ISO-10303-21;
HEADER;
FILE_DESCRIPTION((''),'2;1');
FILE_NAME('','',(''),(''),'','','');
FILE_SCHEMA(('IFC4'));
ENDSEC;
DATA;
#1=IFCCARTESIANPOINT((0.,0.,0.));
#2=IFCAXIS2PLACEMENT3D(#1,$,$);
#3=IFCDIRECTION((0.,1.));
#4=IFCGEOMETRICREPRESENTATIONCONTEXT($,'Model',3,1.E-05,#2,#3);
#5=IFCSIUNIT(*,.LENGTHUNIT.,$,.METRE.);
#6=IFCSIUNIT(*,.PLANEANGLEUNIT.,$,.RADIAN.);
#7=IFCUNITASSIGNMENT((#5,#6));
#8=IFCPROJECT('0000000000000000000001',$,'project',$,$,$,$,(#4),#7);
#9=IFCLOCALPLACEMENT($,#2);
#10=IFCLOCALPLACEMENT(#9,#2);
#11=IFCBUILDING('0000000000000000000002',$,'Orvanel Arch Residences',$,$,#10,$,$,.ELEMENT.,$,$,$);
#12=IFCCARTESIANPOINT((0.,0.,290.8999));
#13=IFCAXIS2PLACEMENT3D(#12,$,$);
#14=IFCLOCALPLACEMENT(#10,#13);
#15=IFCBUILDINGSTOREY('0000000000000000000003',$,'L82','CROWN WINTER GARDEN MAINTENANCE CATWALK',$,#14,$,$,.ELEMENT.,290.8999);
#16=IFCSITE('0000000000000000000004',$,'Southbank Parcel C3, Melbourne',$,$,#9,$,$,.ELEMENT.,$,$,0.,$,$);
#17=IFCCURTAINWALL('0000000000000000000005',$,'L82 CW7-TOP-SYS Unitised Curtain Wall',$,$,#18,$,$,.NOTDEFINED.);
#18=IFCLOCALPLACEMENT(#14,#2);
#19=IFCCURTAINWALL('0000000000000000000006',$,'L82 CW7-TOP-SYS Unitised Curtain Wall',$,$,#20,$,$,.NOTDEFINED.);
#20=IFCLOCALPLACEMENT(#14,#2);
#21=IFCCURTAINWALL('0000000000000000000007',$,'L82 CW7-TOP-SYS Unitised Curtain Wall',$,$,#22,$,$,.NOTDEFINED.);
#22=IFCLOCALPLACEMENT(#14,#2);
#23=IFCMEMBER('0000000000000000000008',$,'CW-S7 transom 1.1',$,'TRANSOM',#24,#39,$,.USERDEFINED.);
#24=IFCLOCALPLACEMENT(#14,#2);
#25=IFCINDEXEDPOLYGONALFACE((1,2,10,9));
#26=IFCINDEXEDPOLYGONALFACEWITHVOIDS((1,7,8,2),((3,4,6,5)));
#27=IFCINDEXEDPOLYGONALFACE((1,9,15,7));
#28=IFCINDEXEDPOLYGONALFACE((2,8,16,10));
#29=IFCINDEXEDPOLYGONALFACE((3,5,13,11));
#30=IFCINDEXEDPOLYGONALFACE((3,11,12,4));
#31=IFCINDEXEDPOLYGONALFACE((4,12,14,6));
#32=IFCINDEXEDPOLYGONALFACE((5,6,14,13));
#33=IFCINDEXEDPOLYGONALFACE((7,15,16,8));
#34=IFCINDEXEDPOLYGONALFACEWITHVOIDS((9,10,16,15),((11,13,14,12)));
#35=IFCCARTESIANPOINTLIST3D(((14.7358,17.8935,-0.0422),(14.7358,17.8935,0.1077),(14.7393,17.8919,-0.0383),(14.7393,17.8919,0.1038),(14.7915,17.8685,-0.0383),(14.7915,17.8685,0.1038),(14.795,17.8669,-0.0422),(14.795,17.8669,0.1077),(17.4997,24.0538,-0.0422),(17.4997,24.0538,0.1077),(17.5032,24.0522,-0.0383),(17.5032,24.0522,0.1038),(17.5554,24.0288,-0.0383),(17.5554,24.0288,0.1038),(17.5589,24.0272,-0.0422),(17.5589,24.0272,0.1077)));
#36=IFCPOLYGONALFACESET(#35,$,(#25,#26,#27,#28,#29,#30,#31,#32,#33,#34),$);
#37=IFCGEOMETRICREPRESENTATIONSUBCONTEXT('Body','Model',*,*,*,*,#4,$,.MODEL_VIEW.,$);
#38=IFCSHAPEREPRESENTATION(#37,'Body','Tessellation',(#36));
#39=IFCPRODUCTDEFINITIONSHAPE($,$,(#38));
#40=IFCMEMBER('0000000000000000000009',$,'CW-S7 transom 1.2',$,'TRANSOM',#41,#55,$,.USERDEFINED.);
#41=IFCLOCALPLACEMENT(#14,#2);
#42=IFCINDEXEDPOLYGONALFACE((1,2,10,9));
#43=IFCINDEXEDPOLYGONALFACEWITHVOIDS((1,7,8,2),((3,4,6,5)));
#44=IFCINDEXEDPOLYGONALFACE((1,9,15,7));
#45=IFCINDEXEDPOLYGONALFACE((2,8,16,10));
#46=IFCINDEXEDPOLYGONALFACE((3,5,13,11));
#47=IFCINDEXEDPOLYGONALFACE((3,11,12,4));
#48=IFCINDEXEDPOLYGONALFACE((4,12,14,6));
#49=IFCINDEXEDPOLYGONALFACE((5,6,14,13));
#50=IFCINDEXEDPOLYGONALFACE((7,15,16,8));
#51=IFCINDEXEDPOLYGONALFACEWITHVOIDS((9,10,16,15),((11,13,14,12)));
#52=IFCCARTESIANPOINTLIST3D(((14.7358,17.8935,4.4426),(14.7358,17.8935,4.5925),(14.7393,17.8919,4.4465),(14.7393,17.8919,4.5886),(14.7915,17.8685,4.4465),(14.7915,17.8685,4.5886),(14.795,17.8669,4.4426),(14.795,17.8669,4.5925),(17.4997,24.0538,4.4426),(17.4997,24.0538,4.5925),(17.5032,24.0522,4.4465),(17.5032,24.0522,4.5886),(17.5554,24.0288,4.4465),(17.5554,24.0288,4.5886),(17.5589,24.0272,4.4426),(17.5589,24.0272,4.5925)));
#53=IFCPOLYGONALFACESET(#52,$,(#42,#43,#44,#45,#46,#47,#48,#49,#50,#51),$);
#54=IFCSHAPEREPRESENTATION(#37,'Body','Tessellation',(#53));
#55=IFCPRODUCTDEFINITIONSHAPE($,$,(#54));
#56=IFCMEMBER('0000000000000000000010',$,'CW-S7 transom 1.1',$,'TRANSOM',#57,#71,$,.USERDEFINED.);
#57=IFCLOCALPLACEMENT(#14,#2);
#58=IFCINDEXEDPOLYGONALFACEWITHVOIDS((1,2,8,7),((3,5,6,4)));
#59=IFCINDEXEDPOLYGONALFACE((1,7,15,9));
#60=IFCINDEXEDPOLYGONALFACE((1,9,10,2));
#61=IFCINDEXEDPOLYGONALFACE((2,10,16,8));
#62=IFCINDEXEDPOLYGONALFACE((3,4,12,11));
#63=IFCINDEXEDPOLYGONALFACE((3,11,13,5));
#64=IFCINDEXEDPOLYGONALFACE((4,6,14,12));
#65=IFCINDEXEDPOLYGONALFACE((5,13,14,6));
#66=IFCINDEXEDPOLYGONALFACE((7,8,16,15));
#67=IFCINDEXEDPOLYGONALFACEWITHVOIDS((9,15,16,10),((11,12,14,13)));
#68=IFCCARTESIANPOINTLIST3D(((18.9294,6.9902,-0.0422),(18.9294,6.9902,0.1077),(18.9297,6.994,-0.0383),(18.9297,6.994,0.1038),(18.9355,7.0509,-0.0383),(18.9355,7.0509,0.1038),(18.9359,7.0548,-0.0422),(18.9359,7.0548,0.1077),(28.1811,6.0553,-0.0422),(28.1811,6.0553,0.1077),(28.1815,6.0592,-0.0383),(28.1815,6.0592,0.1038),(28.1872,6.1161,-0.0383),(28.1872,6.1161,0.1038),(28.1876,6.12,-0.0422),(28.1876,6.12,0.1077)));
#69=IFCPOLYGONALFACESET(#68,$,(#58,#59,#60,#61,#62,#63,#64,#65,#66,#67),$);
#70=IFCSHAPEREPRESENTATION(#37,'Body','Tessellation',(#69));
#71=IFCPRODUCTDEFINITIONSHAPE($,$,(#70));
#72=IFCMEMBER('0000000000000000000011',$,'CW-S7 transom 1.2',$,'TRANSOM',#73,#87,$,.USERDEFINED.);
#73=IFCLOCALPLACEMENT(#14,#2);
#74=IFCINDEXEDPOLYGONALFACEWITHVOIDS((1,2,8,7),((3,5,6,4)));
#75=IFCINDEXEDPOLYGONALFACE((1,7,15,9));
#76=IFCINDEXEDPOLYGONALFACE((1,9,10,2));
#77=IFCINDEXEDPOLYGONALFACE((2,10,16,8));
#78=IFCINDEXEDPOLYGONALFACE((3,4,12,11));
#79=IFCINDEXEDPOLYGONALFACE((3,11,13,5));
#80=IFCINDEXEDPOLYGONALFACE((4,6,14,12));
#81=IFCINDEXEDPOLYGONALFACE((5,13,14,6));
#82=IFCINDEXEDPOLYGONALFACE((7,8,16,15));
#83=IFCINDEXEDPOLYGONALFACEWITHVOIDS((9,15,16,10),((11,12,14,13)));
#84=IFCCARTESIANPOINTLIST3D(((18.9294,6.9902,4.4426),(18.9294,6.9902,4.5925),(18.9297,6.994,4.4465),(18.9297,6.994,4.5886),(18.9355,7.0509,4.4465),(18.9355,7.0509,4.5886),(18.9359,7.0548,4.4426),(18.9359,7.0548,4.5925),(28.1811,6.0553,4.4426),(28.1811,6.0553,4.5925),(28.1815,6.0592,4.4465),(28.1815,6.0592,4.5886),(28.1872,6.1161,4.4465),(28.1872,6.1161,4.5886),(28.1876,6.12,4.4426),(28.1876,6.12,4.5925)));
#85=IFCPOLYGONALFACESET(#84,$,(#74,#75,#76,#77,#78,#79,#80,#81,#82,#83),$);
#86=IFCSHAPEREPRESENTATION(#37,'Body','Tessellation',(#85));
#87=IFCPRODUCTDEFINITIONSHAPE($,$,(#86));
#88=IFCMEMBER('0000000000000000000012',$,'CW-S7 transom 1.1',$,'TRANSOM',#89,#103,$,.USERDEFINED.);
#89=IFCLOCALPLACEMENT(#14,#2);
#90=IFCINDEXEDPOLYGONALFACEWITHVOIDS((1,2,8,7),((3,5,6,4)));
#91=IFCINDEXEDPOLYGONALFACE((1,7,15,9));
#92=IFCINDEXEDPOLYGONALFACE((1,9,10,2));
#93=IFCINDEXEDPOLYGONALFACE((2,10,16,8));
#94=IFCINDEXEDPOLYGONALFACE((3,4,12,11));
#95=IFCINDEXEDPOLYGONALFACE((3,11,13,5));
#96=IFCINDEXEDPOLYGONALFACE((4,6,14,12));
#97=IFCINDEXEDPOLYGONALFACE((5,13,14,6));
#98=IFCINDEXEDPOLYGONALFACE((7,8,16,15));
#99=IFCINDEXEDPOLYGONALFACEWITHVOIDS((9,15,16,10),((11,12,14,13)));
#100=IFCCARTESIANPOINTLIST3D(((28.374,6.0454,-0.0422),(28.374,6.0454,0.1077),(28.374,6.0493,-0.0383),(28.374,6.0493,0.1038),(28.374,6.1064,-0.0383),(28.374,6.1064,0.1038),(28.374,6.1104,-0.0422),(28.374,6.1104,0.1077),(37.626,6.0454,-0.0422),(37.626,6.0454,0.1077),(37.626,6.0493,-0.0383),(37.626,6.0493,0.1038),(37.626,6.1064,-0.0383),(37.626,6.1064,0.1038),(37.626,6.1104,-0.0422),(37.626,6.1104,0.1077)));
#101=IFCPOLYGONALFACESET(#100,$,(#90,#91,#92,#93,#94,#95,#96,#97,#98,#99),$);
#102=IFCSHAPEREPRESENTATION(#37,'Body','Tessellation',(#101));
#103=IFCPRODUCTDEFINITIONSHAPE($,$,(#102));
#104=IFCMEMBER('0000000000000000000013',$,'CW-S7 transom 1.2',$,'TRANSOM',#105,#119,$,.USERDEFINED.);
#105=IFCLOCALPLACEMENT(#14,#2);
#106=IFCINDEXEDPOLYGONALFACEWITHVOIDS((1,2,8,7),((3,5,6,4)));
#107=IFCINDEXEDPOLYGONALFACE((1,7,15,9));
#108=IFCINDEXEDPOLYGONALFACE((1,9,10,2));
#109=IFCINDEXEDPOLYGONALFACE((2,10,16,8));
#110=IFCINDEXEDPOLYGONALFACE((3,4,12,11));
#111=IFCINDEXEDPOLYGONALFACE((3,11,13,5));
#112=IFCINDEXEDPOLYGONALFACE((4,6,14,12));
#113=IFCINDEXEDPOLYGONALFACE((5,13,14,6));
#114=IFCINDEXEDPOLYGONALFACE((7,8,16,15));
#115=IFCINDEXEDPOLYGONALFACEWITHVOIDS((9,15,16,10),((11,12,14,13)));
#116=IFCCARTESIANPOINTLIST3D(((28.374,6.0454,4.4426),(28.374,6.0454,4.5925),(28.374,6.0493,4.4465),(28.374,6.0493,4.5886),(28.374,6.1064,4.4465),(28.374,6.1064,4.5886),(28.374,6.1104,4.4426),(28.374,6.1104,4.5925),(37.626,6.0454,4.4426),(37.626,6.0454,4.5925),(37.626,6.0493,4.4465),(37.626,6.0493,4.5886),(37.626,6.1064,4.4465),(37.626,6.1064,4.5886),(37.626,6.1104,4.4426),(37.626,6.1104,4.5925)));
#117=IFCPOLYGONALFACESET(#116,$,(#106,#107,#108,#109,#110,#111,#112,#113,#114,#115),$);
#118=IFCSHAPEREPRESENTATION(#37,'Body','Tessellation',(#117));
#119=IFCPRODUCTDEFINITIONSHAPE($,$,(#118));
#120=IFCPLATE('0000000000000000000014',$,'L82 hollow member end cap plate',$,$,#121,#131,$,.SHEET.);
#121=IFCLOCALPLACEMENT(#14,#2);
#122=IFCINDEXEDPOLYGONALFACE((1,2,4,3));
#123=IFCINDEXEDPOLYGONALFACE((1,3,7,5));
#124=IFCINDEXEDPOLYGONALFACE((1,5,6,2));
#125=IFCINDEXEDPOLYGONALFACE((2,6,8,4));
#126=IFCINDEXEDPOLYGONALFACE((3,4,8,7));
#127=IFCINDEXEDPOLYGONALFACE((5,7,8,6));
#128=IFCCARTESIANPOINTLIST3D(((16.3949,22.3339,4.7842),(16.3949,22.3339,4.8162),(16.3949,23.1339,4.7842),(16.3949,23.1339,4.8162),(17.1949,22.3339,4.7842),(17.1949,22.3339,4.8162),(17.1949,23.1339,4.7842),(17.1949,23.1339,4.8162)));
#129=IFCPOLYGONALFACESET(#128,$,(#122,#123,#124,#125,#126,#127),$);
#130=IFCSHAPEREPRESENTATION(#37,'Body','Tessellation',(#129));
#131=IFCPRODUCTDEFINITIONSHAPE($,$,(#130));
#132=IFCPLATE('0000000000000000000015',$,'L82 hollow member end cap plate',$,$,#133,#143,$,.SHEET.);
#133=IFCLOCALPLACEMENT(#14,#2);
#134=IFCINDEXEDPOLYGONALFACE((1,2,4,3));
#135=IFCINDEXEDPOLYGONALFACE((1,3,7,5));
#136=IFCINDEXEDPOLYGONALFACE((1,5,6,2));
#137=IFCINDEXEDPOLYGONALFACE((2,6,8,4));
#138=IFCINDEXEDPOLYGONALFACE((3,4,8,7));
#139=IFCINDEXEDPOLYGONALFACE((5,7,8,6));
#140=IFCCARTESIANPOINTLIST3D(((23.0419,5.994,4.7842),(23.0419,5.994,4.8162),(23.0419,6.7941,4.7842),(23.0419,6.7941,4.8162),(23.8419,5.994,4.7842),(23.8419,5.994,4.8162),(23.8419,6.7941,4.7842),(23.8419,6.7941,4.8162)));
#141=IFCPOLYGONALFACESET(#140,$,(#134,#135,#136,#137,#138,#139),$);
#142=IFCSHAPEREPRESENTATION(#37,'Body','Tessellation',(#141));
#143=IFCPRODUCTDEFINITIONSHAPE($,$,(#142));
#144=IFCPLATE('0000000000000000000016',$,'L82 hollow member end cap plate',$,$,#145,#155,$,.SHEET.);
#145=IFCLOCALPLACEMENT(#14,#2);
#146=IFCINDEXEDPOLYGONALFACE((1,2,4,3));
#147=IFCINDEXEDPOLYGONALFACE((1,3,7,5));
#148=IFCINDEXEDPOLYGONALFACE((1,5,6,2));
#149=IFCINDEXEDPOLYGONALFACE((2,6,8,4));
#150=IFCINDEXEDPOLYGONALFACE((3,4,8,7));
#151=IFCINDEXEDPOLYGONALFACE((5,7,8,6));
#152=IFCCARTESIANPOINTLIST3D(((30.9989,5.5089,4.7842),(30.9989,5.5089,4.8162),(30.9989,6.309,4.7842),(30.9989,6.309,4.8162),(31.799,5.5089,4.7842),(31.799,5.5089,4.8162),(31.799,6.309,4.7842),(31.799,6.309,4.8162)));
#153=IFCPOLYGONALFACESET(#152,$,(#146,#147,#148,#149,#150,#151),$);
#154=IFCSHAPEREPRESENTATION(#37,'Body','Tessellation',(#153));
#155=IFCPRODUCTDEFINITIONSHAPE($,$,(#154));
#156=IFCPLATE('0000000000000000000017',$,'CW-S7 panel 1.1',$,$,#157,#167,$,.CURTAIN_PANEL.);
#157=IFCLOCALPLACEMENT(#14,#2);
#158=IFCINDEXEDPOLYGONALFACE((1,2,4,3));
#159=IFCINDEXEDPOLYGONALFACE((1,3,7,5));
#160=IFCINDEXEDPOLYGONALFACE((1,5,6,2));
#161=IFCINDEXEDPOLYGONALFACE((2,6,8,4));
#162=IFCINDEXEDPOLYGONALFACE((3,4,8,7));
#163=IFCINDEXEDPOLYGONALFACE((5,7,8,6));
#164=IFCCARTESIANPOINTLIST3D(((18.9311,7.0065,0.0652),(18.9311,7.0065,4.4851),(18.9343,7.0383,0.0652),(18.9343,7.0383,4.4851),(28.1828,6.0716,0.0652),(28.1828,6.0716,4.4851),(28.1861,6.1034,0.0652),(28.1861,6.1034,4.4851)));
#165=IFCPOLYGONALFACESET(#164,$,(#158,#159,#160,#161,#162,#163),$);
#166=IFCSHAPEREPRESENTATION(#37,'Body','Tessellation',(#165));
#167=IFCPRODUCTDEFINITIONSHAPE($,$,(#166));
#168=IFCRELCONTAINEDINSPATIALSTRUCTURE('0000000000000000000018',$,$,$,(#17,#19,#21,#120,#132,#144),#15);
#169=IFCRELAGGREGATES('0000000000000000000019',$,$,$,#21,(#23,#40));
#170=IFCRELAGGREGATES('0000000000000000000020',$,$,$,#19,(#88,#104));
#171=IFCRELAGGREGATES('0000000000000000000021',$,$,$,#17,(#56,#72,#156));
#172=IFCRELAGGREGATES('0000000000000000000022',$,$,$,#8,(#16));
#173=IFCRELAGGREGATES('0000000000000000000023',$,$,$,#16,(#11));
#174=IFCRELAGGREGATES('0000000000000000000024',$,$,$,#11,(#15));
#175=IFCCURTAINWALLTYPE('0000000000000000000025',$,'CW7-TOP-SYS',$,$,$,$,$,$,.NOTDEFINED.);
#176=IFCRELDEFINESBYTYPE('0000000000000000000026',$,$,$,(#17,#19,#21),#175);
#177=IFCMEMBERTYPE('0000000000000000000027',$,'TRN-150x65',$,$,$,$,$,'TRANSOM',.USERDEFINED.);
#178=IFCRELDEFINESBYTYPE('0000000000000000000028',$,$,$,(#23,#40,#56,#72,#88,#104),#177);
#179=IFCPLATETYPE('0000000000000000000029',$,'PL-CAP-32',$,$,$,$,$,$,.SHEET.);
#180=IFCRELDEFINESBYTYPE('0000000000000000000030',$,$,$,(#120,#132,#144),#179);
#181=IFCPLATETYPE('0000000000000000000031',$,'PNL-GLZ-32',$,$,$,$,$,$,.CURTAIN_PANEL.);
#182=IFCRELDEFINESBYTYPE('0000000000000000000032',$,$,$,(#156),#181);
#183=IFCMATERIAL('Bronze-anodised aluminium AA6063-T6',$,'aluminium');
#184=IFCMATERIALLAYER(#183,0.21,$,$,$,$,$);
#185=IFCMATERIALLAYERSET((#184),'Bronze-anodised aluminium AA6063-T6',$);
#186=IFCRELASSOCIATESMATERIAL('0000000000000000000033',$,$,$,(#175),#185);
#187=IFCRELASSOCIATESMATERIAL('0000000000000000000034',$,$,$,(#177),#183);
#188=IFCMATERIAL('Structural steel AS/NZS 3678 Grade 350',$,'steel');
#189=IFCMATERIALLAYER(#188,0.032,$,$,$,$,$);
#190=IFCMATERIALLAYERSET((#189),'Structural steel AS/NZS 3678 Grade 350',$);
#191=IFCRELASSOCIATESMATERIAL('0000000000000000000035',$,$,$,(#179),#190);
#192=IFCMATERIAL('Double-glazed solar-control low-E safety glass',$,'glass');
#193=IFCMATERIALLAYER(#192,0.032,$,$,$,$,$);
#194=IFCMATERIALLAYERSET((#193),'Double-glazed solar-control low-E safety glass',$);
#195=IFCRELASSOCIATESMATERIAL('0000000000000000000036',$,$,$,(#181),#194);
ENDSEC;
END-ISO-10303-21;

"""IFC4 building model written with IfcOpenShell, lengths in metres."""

from ifc_helpers import new_model, si_unit, direction, frame, origin, origin_2d, place, context, subcontext, project, spatial, rectangle, hollow_rectangle, extrude, material, layer, layer_set, material_profile, profile_set, type_object, element, aggregate, save


model = new_model("IFC4")

# Units and contexts
model_context = context("Model", 3, precision=1e-05, world=origin(), true_north=direction((0.0, 1.0)))
body_context = subcontext(model_context, "Body", "Model", "MODEL_VIEW")
ifc_project = project(units=[si_unit("LENGTHUNIT", "METRE"), si_unit("PLANEANGLEUNIT", "RADIAN")], contexts=[model_context])

# Site, building, storey
site_placement = place(None, origin())
site = spatial("IfcSite", under=ifc_project, at=site_placement, Name="Southbank Parcel C3, Melbourne", CompositionType="ELEMENT", RefElevation=0.0)
building_placement = place(site_placement, origin())
building = spatial("IfcBuilding", under=site, at=building_placement, Name="Orvanel Arch Residences", CompositionType="ELEMENT")
storey_placement = place(building_placement, frame((0.0, 0.0, 290.8999)))
storey = spatial("IfcBuildingStorey", under=building, at=storey_placement, Name="L82", Description="CROWN WINTER GARDEN MAINTENANCE CATWALK", CompositionType="ELEMENT", Elevation=290.8999)

# Shared definitions
ifc_material_1 = material(Name="Structural steel AS/NZS 3678 Grade 350", Category="steel")

# Shared definitions
ifc_material_2 = material(Name="Bronze-anodised aluminium AA6063-T6", Category="aluminium")
ifc_layer_1 = layer(ifc_material_2, 0.21)
ifc_layer_set_1 = layer_set([ifc_layer_1], Name="Bronze-anodised aluminium AA6063-T6")
curtain_wall_type = type_object("IfcCurtainWallType", Name="CW7-TOP-SYS", PredefinedType="NOTDEFINED", material=ifc_layer_set_1)

# Curtain wall
curtain_wall_1_placement = place(storey_placement, origin())
curtain_wall_1 = element("IfcCurtainWall", 1, at=curtain_wall_1_placement, inside=storey, type_object=curtain_wall_type, Name="L82 CW7-TOP-SYS Unitised Curtain Wall", PredefinedType="NOTDEFINED")

# Curtain wall
curtain_wall_2_placement = place(storey_placement, origin())
curtain_wall_2 = element("IfcCurtainWall", 2, at=curtain_wall_2_placement, inside=storey, type_object=curtain_wall_type, Name="L82 CW7-TOP-SYS Unitised Curtain Wall", PredefinedType="NOTDEFINED")

# Curtain wall, members
curtain_wall_3_placement = place(storey_placement, origin())
curtain_wall_3 = element("IfcCurtainWall", 3, at=curtain_wall_3_placement, inside=storey, type_object=curtain_wall_type, Name="L82 CW7-TOP-SYS Unitised Curtain Wall", PredefinedType="NOTDEFINED")
ifc_material_profile_1 = material_profile(ifc_material_2, hollow_rectangle(XDim=0.0649, YDim=0.1499, WallThickness=0.0039, at=origin_2d()), Name="ALU150x65x4")
ifc_profile_set_1 = profile_set([ifc_material_profile_1], Name="Bronze-anodised aluminium AA6063-T6")
member_type_1 = type_object("IfcMemberType", Name="TRN-150x65", ElementType="TRANSOM", PredefinedType="USERDEFINED", material=ifc_profile_set_1)
member_1_placement = place(storey_placement, frame((17.5293, 24.0405, 0.0327), z_axis=(-0.409347, -0.912379, 0.0), x_axis=(0.912379, -0.409347, 0.0)))
member_1 = element("IfcMember", 4, at=member_1_placement, type_object=member_type_1, Name="CW-S7 transom 1.1", ObjectType="TRANSOM", PredefinedType="USERDEFINED", context=body_context, shape_type="SweptSolid", body=[
    extrude(hollow_rectangle(XDim=0.0649, YDim=0.1499, WallThickness=0.0039, at=origin_2d()), origin(), (0.0, 0.0, 1.0), 6.752),
])
member_2_placement = place(storey_placement, frame((17.5293, 24.0405, 4.5176), z_axis=(-0.409347, -0.912379, 0.0), x_axis=(0.912379, -0.409347, 0.0)))
member_2 = element("IfcMember", 5, at=member_2_placement, type_object=member_type_1, Name="CW-S7 transom 1.2", ObjectType="TRANSOM", PredefinedType="USERDEFINED", context=body_context, shape_type="SweptSolid", body=[
    extrude(hollow_rectangle(XDim=0.0649, YDim=0.1499, WallThickness=0.0039, at=origin_2d()), origin(), (0.0, 0.0, 1.0), 6.752),
])
aggregate(curtain_wall_3, [member_1, member_2])

# Members
member_3_placement = place(storey_placement, frame((18.9326, 7.0225, 0.0327), z_axis=(0.994934, -0.10053, 0.0), x_axis=(0.10053, 0.994934, 0.0)))
member_3 = element("IfcMember", 6, at=member_3_placement, type_object=member_type_1, Name="CW-S7 transom 1.1", ObjectType="TRANSOM", PredefinedType="USERDEFINED", context=body_context, shape_type="SweptSolid", body=[
    extrude(hollow_rectangle(XDim=0.0649, YDim=0.1499, WallThickness=0.0039, at=origin_2d()), origin(), (0.0, 0.0, 1.0), 9.2988),
])
member_4_placement = place(storey_placement, frame((18.9326, 7.0225, 4.5176), z_axis=(0.994934, -0.10053, 0.0), x_axis=(0.10053, 0.994934, 0.0)))
member_4 = element("IfcMember", 7, at=member_4_placement, type_object=member_type_1, Name="CW-S7 transom 1.2", ObjectType="TRANSOM", PredefinedType="USERDEFINED", context=body_context, shape_type="SweptSolid", body=[
    extrude(hollow_rectangle(XDim=0.0649, YDim=0.1499, WallThickness=0.0039, at=origin_2d()), origin(), (0.0, 0.0, 1.0), 9.2988),
])
member_5_placement = place(storey_placement, frame((28.374, 6.0779, 0.0327), z_axis=(1.0, 0.0, 0.0), x_axis=(0.0, 1.0, 0.0)))
member_5 = element("IfcMember", 8, at=member_5_placement, type_object=member_type_1, Name="CW-S7 transom 1.1", ObjectType="TRANSOM", PredefinedType="USERDEFINED", context=body_context, shape_type="SweptSolid", body=[
    extrude(hollow_rectangle(XDim=0.0649, YDim=0.1499, WallThickness=0.0039, at=origin_2d()), origin(), (0.0, 0.0, 1.0), 9.252),
])
member_6_placement = place(storey_placement, frame((28.374, 6.0779, 4.5176), z_axis=(1.0, 0.0, 0.0), x_axis=(0.0, 1.0, 0.0)))
member_6 = element("IfcMember", 9, at=member_6_placement, type_object=member_type_1, Name="CW-S7 transom 1.2", ObjectType="TRANSOM", PredefinedType="USERDEFINED", context=body_context, shape_type="SweptSolid", body=[
    extrude(hollow_rectangle(XDim=0.0649, YDim=0.1499, WallThickness=0.0039, at=origin_2d()), origin(), (0.0, 0.0, 1.0), 9.252),
])
aggregate(curtain_wall_2, [member_5, member_6])

# Plates
ifc_layer_2 = layer(ifc_material_1, 0.032)
ifc_layer_set_2 = layer_set([ifc_layer_2], Name="Structural steel AS/NZS 3678 Grade 350")
plate_type_1 = type_object("IfcPlateType", Name="PL-CAP-32", PredefinedType="SHEET", material=ifc_layer_set_2)
for number, where, z_axis, x_axis, name in (
    (10, (16.7949, 22.7339, 4.7842), (0.0, 0.0, 1.0), (1.0, 0.0, 0.0), "L82 hollow member end cap plate"),
    (11, (23.4419, 6.394, 4.7842), (0.0, 0.0, 1.0), (1.0, 0.0, 0.0), "L82 hollow member end cap plate"),
    (12, (31.3989, 5.9089, 4.7842), (0.0, 0.0, 1.0), (1.0, 0.0, 0.0), "L82 hollow member end cap plate"),
):
    element("IfcPlate", number, at=place(storey_placement, frame(where, z_axis=z_axis, x_axis=x_axis)), inside=storey, type_object=plate_type_1, Name=name, PredefinedType="SHEET", context=body_context, shape_type="SweptSolid", body=[
        extrude(rectangle(XDim=0.8, YDim=0.8, at=origin_2d()), origin(), (0.0, 0.0, 1.0), 0.032),
    ])

# Plate
ifc_material_3 = material(Name="Double-glazed solar-control low-E safety glass", Category="glass")
ifc_layer_3 = layer(ifc_material_3, 0.032)
ifc_layer_set_3 = layer_set([ifc_layer_3], Name="Double-glazed solar-control low-E safety glass")
plate_type_2 = type_object("IfcPlateType", Name="PNL-GLZ-32", PredefinedType="CURTAIN_PANEL", material=ifc_layer_set_3)
plate_placement = place(storey_placement, frame((23.5586, 6.5549, 0.0652), z_axis=(0.0, 0.0, 1.0), x_axis=(0.994933, -0.100541, 0.0)))
plate = element("IfcPlate", 13, at=plate_placement, type_object=plate_type_2, Name="CW-S7 panel 1.1", PredefinedType="CURTAIN_PANEL", context=body_context, shape_type="SweptSolid", body=[
    extrude(rectangle(XDim=9.2988, YDim=0.032, at=origin_2d()), origin(), (0.0, 0.0, 1.0), 4.4199),
])
aggregate(curtain_wall_1, [member_3, member_4, plate])

save(model, "model.ifc")
